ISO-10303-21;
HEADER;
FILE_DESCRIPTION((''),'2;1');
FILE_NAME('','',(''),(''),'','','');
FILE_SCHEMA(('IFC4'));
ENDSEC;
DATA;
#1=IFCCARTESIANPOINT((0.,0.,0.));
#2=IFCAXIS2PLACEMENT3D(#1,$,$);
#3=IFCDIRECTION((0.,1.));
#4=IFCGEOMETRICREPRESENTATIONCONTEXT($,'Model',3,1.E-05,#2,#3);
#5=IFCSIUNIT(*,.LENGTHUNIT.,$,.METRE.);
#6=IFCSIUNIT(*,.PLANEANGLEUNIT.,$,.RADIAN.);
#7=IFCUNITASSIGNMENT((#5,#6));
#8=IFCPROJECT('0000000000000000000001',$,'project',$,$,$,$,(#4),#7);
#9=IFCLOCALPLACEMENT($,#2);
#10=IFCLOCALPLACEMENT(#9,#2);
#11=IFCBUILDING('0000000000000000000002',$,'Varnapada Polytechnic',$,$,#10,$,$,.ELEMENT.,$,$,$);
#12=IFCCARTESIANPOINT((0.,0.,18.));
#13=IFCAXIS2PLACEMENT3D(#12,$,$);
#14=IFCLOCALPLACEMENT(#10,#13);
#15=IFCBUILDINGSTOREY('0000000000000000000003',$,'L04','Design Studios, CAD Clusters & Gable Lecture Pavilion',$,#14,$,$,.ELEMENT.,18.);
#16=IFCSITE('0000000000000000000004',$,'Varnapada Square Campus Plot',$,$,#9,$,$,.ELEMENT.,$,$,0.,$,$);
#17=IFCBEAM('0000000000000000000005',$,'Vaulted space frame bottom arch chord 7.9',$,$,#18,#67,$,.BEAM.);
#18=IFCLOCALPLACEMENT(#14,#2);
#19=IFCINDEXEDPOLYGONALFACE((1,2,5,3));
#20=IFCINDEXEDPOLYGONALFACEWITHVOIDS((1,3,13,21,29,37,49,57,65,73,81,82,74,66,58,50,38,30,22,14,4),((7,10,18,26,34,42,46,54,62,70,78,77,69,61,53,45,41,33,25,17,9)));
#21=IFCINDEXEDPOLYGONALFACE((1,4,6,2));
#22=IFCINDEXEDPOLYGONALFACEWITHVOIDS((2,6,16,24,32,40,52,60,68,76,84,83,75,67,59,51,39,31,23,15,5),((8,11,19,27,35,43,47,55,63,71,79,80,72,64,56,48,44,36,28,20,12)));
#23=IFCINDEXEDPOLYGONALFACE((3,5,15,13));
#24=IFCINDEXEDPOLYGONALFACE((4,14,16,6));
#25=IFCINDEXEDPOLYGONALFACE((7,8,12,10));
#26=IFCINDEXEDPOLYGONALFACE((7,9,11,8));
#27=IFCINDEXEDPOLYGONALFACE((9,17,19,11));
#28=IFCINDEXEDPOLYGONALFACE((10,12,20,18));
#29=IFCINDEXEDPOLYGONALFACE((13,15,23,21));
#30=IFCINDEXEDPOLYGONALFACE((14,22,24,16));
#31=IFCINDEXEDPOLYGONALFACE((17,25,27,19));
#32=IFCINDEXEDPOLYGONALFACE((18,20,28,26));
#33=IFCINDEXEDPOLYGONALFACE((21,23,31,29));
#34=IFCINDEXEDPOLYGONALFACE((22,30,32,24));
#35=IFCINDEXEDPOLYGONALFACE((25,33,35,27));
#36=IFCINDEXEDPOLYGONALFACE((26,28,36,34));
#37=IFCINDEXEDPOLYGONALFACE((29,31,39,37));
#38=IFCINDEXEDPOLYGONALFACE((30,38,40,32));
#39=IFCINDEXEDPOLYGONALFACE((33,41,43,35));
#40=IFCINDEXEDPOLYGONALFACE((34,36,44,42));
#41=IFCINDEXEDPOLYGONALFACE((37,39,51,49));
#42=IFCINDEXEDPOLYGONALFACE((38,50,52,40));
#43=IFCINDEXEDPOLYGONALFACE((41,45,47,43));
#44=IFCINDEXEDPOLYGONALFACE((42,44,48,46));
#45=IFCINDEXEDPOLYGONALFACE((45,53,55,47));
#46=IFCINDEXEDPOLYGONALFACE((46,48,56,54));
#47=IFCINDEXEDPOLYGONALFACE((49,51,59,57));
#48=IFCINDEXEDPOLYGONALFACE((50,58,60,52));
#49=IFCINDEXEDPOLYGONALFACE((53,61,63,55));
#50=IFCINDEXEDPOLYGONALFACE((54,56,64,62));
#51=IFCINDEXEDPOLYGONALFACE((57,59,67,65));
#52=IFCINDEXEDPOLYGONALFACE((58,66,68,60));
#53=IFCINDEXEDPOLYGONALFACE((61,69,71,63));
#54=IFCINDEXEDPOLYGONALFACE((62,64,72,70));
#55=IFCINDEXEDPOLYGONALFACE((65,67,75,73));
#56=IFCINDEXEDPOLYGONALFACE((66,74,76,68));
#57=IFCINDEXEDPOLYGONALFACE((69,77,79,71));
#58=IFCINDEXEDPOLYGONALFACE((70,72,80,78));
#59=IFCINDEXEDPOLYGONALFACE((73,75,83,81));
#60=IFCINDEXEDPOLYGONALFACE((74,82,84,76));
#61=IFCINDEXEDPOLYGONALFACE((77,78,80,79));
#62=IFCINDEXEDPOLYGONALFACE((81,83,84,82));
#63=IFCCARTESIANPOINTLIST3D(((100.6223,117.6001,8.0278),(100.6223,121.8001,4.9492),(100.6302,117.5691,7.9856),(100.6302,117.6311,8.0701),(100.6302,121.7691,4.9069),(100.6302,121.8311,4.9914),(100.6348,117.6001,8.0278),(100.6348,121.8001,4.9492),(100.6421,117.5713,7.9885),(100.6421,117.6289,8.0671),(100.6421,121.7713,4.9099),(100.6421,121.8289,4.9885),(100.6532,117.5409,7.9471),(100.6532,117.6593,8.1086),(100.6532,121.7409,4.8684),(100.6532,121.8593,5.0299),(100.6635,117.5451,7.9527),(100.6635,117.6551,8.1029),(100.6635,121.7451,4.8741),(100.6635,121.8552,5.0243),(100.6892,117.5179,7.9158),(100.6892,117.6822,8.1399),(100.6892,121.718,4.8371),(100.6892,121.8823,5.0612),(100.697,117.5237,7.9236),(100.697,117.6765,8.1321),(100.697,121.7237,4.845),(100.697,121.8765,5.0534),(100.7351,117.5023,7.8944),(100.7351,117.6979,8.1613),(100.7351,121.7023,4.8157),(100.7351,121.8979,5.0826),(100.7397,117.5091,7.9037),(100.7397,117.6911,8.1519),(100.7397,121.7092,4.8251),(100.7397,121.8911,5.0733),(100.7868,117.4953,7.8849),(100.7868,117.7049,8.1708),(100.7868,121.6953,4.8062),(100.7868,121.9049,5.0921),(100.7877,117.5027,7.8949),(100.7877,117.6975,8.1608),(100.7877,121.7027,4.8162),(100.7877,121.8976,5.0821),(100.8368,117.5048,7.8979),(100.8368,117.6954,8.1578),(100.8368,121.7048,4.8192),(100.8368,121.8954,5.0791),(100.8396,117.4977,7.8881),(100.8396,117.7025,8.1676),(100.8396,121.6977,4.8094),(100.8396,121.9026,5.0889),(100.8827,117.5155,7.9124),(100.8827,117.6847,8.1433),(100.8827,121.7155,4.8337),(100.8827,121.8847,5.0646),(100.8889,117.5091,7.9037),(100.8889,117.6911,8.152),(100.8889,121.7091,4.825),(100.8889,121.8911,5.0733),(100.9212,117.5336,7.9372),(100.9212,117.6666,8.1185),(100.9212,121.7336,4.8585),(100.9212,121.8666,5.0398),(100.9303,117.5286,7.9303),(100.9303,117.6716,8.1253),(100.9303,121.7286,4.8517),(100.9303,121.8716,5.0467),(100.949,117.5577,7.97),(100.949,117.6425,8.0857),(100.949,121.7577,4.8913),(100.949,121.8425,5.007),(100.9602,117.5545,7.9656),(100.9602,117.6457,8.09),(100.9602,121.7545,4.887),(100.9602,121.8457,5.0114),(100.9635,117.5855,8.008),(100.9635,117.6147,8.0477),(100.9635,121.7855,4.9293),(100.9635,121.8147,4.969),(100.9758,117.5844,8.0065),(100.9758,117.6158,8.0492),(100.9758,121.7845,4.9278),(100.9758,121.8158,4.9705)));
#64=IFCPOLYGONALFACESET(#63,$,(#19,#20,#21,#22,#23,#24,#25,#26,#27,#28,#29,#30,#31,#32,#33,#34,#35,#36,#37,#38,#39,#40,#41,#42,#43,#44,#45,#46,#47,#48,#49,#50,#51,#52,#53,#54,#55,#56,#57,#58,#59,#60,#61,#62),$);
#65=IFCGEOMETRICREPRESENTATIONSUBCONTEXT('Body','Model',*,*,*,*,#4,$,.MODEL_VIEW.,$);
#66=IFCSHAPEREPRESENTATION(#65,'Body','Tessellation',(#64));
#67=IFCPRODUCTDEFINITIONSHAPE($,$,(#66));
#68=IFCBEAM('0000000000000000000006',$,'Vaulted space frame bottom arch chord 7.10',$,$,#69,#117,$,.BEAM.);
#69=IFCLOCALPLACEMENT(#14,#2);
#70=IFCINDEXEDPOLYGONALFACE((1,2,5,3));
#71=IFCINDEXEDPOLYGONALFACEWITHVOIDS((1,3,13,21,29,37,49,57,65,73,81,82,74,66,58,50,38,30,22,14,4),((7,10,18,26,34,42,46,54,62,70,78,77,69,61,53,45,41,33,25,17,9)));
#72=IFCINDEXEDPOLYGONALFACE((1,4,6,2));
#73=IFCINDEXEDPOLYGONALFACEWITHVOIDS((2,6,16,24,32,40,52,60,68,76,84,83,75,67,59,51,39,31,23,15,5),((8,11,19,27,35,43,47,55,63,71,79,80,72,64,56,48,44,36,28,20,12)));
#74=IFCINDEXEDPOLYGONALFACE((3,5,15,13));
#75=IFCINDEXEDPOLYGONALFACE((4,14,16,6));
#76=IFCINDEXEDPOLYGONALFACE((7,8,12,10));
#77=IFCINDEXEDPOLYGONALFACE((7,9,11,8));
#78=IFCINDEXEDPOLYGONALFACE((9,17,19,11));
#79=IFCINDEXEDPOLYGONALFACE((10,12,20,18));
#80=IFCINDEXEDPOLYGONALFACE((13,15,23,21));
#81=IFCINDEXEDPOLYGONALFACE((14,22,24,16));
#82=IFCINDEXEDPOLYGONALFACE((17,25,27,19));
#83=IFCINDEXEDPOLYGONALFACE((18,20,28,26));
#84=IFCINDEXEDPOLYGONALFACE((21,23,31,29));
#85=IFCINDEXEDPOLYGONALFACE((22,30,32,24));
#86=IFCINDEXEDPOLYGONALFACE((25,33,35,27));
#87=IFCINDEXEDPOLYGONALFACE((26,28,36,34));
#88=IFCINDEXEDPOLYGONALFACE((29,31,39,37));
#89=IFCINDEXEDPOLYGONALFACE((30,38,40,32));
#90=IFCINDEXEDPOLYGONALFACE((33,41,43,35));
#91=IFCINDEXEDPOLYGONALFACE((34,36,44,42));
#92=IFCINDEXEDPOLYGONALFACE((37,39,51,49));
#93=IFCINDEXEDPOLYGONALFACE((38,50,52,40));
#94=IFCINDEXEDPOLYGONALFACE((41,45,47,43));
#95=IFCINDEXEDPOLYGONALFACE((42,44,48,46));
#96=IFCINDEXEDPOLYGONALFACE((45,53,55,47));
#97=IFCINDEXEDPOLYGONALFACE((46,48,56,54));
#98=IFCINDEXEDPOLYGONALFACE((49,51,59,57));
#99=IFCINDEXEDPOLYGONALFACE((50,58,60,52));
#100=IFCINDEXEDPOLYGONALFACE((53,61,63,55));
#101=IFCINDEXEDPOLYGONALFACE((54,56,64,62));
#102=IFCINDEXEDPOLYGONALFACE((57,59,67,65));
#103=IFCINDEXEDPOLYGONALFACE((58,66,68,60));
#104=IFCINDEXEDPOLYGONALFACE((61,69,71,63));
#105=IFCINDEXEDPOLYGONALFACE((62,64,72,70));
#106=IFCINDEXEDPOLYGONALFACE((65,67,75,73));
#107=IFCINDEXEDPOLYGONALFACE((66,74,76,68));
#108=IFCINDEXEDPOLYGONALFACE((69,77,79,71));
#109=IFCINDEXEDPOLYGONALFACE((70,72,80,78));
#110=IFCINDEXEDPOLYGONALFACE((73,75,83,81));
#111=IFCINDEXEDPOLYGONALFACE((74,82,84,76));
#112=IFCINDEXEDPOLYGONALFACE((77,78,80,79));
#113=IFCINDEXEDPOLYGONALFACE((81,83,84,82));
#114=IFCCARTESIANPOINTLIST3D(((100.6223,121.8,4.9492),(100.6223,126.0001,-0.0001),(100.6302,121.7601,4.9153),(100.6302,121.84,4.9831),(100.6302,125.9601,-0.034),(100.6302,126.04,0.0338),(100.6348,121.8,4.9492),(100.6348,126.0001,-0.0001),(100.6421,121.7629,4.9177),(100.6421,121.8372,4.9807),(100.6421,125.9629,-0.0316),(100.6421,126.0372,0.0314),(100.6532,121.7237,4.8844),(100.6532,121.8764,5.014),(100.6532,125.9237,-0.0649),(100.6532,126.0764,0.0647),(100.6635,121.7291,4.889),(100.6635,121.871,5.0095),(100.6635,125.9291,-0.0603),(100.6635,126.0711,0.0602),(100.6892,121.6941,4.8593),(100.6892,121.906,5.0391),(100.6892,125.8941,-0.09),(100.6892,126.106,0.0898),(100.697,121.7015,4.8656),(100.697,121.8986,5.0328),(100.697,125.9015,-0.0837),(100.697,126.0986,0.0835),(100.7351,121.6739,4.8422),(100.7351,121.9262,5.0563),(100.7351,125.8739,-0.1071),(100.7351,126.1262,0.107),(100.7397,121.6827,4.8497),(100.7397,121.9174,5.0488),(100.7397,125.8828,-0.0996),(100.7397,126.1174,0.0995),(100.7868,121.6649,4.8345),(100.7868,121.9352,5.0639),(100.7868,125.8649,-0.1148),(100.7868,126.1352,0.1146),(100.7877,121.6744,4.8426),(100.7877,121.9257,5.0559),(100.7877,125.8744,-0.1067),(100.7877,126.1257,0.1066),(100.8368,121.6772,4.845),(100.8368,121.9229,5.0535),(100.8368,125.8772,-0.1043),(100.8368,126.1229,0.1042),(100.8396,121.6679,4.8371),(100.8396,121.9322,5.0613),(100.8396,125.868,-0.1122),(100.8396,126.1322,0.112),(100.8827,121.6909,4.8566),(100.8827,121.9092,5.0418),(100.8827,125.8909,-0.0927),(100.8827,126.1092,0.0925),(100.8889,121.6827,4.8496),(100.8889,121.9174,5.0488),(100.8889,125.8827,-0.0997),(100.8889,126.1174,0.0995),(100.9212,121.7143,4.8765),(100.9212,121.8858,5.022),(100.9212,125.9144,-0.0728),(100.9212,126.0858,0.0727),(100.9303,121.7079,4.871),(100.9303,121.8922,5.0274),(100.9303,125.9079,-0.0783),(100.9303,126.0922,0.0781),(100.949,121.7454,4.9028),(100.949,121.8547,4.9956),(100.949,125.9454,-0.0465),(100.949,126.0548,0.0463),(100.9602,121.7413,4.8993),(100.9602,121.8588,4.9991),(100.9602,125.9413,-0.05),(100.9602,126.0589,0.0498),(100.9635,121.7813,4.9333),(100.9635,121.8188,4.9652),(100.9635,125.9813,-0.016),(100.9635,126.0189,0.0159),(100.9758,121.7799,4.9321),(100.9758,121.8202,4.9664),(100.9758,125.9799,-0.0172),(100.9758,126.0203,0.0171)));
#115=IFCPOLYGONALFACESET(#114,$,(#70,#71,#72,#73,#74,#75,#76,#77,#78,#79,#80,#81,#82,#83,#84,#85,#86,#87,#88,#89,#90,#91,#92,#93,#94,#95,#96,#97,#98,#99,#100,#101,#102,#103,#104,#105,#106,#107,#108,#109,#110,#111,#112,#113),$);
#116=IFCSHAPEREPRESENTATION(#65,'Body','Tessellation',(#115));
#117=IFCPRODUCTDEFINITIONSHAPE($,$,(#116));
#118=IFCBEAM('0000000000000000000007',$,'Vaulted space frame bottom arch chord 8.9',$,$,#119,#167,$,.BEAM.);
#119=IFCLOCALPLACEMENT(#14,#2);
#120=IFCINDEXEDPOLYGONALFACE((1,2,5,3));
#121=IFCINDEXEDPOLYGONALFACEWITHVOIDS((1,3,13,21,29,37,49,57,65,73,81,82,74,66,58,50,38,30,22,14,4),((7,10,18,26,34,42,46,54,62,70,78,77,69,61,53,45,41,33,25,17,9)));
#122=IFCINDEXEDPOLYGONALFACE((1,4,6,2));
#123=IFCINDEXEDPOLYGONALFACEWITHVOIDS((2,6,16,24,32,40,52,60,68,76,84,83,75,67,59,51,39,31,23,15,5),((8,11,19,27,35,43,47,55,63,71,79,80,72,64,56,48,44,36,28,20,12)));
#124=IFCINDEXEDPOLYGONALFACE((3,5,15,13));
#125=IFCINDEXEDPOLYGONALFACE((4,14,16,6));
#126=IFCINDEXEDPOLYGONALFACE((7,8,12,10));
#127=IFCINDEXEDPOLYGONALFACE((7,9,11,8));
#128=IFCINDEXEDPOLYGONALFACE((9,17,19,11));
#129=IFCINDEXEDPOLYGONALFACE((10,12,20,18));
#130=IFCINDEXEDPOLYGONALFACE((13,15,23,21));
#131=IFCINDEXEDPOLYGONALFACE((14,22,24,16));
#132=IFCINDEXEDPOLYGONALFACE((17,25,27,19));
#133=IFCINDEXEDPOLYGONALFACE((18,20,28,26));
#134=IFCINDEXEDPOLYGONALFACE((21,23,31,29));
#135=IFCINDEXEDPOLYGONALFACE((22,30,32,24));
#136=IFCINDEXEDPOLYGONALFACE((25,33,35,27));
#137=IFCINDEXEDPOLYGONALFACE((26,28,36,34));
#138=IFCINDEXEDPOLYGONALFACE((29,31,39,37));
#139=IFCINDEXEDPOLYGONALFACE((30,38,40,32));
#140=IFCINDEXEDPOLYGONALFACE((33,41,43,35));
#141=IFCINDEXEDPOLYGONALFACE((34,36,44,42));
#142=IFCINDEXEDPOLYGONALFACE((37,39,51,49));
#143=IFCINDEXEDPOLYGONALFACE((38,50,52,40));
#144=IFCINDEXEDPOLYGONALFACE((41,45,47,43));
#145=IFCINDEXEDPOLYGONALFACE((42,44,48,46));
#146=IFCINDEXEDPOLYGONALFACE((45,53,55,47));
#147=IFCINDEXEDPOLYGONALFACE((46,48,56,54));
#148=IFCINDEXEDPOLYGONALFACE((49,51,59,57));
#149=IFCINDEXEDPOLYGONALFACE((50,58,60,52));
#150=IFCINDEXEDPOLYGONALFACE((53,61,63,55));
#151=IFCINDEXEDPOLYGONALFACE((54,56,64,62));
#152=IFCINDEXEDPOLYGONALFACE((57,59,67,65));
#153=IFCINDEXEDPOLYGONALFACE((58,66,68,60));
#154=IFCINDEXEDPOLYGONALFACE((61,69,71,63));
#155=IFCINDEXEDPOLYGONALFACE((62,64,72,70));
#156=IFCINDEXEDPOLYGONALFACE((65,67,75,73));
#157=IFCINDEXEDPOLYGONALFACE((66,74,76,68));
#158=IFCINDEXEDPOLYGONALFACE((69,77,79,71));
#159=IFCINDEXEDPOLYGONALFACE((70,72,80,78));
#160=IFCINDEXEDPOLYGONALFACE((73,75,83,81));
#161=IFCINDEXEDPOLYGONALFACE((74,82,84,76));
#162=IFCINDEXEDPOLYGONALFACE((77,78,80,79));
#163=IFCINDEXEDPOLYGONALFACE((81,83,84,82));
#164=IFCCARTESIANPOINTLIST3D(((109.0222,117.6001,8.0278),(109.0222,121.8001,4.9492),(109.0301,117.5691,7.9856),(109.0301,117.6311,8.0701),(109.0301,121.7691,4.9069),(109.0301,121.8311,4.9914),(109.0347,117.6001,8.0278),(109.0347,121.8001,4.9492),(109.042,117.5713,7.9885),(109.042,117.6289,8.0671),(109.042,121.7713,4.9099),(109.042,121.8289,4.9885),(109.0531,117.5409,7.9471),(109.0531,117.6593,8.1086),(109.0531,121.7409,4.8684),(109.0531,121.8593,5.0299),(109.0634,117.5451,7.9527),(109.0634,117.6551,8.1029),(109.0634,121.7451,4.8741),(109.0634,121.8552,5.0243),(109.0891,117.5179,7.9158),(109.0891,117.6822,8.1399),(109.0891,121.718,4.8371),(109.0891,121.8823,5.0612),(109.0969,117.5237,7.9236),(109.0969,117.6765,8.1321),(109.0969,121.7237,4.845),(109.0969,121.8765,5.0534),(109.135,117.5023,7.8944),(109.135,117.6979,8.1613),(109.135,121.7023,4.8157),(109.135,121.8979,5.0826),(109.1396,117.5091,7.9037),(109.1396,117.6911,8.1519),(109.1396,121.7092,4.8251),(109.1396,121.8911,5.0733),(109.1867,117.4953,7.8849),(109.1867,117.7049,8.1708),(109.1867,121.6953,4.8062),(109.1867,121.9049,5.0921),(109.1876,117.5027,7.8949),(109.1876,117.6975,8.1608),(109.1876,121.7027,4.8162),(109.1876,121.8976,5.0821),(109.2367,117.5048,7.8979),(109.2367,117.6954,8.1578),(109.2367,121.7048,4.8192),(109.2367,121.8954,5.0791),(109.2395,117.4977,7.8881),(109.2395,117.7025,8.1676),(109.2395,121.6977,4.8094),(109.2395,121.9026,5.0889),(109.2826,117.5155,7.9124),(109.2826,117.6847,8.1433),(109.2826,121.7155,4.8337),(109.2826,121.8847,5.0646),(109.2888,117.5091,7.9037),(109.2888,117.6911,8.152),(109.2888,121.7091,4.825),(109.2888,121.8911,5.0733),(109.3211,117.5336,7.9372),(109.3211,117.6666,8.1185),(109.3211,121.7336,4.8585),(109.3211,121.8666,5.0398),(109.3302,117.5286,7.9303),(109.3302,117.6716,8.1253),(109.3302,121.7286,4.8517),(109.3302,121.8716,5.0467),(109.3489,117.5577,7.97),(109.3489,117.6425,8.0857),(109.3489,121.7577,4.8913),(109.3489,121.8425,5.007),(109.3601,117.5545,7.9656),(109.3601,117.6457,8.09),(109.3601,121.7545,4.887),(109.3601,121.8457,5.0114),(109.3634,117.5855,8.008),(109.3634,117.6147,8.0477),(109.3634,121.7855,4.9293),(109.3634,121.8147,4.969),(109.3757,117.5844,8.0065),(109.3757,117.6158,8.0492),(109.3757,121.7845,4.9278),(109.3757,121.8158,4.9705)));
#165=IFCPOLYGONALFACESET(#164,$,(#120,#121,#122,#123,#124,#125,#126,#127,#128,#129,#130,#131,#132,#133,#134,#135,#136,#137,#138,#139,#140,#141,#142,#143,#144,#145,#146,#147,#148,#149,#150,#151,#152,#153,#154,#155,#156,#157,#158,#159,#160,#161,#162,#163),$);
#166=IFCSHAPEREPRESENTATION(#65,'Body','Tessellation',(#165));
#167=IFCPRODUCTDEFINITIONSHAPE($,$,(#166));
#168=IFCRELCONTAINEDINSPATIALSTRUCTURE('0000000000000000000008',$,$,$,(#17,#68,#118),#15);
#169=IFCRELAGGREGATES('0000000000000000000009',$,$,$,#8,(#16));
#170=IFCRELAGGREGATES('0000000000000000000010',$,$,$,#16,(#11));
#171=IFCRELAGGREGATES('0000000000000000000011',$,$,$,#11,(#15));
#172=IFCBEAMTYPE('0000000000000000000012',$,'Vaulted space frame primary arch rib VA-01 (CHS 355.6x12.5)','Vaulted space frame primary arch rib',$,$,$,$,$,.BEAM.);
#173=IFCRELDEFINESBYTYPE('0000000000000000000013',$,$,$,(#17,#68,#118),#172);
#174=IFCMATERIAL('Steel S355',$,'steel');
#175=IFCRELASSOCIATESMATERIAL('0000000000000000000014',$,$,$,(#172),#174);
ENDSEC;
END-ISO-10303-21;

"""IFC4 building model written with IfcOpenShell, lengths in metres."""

from ifc_helpers import new_model, si_unit, direction, frame, origin, origin_2d, place, context, subcontext, project, spatial, hollow_circle, extrude, material, material_profile, profile_set, type_object, element, save


model = new_model("IFC4")

# Units and contexts
model_context = context("Model", 3, precision=1e-05, world=origin(), true_north=direction((0.0, 1.0)))
body_context = subcontext(model_context, "Body", "Model", "MODEL_VIEW")
ifc_project = project(units=[si_unit("LENGTHUNIT", "METRE"), si_unit("PLANEANGLEUNIT", "RADIAN")], contexts=[model_context])

# Site, building, storey
site_placement = place(None, origin())
site = spatial("IfcSite", under=ifc_project, at=site_placement, Name="Varnapada Square Campus Plot", CompositionType="ELEMENT", RefElevation=0.0)
building_placement = place(site_placement, origin())
building = spatial("IfcBuilding", under=site, at=building_placement, Name="Varnapada Polytechnic", CompositionType="ELEMENT")
storey_placement = place(building_placement, frame((0.0, 0.0, 18.0)))
storey = spatial("IfcBuildingStorey", under=building, at=storey_placement, Name="L04", Description="Design Studios, CAD Clusters & Gable Lecture Pavilion", CompositionType="ELEMENT", Elevation=18.0)

# Shared definitions
ifc_material = material(Name="Steel S355", Category="steel")

# Beams
ifc_material_profile_1 = material_profile(ifc_material, hollow_circle(Radius=0.1777, WallThickness=0.0125, at=origin_2d()), Name="CHS 355.6x12.5")
ifc_profile_set_1 = profile_set([ifc_material_profile_1], Name="Steel S355")
beam_type_1 = type_object("IfcBeamType", Name="Vaulted space frame primary arch rib VA-01 (CHS 355.6x12.5)", Description="Vaulted space frame primary arch rib", PredefinedType="BEAM", material=ifc_profile_set_1)
beam_1_placement = place(storey_placement, frame((100.8, 117.6001, 8.0278), z_axis=(0.0, 0.806529, -0.591195), x_axis=(-1.0, 0.0, 0.0)))
element("IfcBeam", 1, at=beam_1_placement, inside=storey, type_object=beam_type_1, Name="Vaulted space frame bottom arch chord 7.9", PredefinedType="BEAM", context=body_context, shape_type="SweptSolid", body=[
    extrude(hollow_circle(Radius=0.1777, WallThickness=0.0125, at=origin_2d()), origin(), (0.0, 0.0, 1.0), 5.2075),
])
beam_2_placement = place(storey_placement, frame((100.8, 121.8, 4.9492), z_axis=(0.0, 0.647032, -0.762462), x_axis=(-1.0, 0.0, 0.0)))
element("IfcBeam", 2, at=beam_2_placement, inside=storey, type_object=beam_type_1, Name="Vaulted space frame bottom arch chord 7.10", PredefinedType="BEAM", context=body_context, shape_type="SweptSolid", body=[
    extrude(hollow_circle(Radius=0.1777, WallThickness=0.0125, at=origin_2d()), origin(), (0.0, 0.0, 1.0), 6.4912),
])
beam_3_placement = place(storey_placement, frame((109.2, 117.6001, 8.0278), z_axis=(0.0, 0.806529, -0.591195), x_axis=(-1.0, 0.0, 0.0)))
element("IfcBeam", 3, at=beam_3_placement, inside=storey, type_object=beam_type_1, Name="Vaulted space frame bottom arch chord 8.9", PredefinedType="BEAM", context=body_context, shape_type="SweptSolid", body=[
    extrude(hollow_circle(Radius=0.1777, WallThickness=0.0125, at=origin_2d()), origin(), (0.0, 0.0, 1.0), 5.2075),
])

save(model, "model.ifc")
